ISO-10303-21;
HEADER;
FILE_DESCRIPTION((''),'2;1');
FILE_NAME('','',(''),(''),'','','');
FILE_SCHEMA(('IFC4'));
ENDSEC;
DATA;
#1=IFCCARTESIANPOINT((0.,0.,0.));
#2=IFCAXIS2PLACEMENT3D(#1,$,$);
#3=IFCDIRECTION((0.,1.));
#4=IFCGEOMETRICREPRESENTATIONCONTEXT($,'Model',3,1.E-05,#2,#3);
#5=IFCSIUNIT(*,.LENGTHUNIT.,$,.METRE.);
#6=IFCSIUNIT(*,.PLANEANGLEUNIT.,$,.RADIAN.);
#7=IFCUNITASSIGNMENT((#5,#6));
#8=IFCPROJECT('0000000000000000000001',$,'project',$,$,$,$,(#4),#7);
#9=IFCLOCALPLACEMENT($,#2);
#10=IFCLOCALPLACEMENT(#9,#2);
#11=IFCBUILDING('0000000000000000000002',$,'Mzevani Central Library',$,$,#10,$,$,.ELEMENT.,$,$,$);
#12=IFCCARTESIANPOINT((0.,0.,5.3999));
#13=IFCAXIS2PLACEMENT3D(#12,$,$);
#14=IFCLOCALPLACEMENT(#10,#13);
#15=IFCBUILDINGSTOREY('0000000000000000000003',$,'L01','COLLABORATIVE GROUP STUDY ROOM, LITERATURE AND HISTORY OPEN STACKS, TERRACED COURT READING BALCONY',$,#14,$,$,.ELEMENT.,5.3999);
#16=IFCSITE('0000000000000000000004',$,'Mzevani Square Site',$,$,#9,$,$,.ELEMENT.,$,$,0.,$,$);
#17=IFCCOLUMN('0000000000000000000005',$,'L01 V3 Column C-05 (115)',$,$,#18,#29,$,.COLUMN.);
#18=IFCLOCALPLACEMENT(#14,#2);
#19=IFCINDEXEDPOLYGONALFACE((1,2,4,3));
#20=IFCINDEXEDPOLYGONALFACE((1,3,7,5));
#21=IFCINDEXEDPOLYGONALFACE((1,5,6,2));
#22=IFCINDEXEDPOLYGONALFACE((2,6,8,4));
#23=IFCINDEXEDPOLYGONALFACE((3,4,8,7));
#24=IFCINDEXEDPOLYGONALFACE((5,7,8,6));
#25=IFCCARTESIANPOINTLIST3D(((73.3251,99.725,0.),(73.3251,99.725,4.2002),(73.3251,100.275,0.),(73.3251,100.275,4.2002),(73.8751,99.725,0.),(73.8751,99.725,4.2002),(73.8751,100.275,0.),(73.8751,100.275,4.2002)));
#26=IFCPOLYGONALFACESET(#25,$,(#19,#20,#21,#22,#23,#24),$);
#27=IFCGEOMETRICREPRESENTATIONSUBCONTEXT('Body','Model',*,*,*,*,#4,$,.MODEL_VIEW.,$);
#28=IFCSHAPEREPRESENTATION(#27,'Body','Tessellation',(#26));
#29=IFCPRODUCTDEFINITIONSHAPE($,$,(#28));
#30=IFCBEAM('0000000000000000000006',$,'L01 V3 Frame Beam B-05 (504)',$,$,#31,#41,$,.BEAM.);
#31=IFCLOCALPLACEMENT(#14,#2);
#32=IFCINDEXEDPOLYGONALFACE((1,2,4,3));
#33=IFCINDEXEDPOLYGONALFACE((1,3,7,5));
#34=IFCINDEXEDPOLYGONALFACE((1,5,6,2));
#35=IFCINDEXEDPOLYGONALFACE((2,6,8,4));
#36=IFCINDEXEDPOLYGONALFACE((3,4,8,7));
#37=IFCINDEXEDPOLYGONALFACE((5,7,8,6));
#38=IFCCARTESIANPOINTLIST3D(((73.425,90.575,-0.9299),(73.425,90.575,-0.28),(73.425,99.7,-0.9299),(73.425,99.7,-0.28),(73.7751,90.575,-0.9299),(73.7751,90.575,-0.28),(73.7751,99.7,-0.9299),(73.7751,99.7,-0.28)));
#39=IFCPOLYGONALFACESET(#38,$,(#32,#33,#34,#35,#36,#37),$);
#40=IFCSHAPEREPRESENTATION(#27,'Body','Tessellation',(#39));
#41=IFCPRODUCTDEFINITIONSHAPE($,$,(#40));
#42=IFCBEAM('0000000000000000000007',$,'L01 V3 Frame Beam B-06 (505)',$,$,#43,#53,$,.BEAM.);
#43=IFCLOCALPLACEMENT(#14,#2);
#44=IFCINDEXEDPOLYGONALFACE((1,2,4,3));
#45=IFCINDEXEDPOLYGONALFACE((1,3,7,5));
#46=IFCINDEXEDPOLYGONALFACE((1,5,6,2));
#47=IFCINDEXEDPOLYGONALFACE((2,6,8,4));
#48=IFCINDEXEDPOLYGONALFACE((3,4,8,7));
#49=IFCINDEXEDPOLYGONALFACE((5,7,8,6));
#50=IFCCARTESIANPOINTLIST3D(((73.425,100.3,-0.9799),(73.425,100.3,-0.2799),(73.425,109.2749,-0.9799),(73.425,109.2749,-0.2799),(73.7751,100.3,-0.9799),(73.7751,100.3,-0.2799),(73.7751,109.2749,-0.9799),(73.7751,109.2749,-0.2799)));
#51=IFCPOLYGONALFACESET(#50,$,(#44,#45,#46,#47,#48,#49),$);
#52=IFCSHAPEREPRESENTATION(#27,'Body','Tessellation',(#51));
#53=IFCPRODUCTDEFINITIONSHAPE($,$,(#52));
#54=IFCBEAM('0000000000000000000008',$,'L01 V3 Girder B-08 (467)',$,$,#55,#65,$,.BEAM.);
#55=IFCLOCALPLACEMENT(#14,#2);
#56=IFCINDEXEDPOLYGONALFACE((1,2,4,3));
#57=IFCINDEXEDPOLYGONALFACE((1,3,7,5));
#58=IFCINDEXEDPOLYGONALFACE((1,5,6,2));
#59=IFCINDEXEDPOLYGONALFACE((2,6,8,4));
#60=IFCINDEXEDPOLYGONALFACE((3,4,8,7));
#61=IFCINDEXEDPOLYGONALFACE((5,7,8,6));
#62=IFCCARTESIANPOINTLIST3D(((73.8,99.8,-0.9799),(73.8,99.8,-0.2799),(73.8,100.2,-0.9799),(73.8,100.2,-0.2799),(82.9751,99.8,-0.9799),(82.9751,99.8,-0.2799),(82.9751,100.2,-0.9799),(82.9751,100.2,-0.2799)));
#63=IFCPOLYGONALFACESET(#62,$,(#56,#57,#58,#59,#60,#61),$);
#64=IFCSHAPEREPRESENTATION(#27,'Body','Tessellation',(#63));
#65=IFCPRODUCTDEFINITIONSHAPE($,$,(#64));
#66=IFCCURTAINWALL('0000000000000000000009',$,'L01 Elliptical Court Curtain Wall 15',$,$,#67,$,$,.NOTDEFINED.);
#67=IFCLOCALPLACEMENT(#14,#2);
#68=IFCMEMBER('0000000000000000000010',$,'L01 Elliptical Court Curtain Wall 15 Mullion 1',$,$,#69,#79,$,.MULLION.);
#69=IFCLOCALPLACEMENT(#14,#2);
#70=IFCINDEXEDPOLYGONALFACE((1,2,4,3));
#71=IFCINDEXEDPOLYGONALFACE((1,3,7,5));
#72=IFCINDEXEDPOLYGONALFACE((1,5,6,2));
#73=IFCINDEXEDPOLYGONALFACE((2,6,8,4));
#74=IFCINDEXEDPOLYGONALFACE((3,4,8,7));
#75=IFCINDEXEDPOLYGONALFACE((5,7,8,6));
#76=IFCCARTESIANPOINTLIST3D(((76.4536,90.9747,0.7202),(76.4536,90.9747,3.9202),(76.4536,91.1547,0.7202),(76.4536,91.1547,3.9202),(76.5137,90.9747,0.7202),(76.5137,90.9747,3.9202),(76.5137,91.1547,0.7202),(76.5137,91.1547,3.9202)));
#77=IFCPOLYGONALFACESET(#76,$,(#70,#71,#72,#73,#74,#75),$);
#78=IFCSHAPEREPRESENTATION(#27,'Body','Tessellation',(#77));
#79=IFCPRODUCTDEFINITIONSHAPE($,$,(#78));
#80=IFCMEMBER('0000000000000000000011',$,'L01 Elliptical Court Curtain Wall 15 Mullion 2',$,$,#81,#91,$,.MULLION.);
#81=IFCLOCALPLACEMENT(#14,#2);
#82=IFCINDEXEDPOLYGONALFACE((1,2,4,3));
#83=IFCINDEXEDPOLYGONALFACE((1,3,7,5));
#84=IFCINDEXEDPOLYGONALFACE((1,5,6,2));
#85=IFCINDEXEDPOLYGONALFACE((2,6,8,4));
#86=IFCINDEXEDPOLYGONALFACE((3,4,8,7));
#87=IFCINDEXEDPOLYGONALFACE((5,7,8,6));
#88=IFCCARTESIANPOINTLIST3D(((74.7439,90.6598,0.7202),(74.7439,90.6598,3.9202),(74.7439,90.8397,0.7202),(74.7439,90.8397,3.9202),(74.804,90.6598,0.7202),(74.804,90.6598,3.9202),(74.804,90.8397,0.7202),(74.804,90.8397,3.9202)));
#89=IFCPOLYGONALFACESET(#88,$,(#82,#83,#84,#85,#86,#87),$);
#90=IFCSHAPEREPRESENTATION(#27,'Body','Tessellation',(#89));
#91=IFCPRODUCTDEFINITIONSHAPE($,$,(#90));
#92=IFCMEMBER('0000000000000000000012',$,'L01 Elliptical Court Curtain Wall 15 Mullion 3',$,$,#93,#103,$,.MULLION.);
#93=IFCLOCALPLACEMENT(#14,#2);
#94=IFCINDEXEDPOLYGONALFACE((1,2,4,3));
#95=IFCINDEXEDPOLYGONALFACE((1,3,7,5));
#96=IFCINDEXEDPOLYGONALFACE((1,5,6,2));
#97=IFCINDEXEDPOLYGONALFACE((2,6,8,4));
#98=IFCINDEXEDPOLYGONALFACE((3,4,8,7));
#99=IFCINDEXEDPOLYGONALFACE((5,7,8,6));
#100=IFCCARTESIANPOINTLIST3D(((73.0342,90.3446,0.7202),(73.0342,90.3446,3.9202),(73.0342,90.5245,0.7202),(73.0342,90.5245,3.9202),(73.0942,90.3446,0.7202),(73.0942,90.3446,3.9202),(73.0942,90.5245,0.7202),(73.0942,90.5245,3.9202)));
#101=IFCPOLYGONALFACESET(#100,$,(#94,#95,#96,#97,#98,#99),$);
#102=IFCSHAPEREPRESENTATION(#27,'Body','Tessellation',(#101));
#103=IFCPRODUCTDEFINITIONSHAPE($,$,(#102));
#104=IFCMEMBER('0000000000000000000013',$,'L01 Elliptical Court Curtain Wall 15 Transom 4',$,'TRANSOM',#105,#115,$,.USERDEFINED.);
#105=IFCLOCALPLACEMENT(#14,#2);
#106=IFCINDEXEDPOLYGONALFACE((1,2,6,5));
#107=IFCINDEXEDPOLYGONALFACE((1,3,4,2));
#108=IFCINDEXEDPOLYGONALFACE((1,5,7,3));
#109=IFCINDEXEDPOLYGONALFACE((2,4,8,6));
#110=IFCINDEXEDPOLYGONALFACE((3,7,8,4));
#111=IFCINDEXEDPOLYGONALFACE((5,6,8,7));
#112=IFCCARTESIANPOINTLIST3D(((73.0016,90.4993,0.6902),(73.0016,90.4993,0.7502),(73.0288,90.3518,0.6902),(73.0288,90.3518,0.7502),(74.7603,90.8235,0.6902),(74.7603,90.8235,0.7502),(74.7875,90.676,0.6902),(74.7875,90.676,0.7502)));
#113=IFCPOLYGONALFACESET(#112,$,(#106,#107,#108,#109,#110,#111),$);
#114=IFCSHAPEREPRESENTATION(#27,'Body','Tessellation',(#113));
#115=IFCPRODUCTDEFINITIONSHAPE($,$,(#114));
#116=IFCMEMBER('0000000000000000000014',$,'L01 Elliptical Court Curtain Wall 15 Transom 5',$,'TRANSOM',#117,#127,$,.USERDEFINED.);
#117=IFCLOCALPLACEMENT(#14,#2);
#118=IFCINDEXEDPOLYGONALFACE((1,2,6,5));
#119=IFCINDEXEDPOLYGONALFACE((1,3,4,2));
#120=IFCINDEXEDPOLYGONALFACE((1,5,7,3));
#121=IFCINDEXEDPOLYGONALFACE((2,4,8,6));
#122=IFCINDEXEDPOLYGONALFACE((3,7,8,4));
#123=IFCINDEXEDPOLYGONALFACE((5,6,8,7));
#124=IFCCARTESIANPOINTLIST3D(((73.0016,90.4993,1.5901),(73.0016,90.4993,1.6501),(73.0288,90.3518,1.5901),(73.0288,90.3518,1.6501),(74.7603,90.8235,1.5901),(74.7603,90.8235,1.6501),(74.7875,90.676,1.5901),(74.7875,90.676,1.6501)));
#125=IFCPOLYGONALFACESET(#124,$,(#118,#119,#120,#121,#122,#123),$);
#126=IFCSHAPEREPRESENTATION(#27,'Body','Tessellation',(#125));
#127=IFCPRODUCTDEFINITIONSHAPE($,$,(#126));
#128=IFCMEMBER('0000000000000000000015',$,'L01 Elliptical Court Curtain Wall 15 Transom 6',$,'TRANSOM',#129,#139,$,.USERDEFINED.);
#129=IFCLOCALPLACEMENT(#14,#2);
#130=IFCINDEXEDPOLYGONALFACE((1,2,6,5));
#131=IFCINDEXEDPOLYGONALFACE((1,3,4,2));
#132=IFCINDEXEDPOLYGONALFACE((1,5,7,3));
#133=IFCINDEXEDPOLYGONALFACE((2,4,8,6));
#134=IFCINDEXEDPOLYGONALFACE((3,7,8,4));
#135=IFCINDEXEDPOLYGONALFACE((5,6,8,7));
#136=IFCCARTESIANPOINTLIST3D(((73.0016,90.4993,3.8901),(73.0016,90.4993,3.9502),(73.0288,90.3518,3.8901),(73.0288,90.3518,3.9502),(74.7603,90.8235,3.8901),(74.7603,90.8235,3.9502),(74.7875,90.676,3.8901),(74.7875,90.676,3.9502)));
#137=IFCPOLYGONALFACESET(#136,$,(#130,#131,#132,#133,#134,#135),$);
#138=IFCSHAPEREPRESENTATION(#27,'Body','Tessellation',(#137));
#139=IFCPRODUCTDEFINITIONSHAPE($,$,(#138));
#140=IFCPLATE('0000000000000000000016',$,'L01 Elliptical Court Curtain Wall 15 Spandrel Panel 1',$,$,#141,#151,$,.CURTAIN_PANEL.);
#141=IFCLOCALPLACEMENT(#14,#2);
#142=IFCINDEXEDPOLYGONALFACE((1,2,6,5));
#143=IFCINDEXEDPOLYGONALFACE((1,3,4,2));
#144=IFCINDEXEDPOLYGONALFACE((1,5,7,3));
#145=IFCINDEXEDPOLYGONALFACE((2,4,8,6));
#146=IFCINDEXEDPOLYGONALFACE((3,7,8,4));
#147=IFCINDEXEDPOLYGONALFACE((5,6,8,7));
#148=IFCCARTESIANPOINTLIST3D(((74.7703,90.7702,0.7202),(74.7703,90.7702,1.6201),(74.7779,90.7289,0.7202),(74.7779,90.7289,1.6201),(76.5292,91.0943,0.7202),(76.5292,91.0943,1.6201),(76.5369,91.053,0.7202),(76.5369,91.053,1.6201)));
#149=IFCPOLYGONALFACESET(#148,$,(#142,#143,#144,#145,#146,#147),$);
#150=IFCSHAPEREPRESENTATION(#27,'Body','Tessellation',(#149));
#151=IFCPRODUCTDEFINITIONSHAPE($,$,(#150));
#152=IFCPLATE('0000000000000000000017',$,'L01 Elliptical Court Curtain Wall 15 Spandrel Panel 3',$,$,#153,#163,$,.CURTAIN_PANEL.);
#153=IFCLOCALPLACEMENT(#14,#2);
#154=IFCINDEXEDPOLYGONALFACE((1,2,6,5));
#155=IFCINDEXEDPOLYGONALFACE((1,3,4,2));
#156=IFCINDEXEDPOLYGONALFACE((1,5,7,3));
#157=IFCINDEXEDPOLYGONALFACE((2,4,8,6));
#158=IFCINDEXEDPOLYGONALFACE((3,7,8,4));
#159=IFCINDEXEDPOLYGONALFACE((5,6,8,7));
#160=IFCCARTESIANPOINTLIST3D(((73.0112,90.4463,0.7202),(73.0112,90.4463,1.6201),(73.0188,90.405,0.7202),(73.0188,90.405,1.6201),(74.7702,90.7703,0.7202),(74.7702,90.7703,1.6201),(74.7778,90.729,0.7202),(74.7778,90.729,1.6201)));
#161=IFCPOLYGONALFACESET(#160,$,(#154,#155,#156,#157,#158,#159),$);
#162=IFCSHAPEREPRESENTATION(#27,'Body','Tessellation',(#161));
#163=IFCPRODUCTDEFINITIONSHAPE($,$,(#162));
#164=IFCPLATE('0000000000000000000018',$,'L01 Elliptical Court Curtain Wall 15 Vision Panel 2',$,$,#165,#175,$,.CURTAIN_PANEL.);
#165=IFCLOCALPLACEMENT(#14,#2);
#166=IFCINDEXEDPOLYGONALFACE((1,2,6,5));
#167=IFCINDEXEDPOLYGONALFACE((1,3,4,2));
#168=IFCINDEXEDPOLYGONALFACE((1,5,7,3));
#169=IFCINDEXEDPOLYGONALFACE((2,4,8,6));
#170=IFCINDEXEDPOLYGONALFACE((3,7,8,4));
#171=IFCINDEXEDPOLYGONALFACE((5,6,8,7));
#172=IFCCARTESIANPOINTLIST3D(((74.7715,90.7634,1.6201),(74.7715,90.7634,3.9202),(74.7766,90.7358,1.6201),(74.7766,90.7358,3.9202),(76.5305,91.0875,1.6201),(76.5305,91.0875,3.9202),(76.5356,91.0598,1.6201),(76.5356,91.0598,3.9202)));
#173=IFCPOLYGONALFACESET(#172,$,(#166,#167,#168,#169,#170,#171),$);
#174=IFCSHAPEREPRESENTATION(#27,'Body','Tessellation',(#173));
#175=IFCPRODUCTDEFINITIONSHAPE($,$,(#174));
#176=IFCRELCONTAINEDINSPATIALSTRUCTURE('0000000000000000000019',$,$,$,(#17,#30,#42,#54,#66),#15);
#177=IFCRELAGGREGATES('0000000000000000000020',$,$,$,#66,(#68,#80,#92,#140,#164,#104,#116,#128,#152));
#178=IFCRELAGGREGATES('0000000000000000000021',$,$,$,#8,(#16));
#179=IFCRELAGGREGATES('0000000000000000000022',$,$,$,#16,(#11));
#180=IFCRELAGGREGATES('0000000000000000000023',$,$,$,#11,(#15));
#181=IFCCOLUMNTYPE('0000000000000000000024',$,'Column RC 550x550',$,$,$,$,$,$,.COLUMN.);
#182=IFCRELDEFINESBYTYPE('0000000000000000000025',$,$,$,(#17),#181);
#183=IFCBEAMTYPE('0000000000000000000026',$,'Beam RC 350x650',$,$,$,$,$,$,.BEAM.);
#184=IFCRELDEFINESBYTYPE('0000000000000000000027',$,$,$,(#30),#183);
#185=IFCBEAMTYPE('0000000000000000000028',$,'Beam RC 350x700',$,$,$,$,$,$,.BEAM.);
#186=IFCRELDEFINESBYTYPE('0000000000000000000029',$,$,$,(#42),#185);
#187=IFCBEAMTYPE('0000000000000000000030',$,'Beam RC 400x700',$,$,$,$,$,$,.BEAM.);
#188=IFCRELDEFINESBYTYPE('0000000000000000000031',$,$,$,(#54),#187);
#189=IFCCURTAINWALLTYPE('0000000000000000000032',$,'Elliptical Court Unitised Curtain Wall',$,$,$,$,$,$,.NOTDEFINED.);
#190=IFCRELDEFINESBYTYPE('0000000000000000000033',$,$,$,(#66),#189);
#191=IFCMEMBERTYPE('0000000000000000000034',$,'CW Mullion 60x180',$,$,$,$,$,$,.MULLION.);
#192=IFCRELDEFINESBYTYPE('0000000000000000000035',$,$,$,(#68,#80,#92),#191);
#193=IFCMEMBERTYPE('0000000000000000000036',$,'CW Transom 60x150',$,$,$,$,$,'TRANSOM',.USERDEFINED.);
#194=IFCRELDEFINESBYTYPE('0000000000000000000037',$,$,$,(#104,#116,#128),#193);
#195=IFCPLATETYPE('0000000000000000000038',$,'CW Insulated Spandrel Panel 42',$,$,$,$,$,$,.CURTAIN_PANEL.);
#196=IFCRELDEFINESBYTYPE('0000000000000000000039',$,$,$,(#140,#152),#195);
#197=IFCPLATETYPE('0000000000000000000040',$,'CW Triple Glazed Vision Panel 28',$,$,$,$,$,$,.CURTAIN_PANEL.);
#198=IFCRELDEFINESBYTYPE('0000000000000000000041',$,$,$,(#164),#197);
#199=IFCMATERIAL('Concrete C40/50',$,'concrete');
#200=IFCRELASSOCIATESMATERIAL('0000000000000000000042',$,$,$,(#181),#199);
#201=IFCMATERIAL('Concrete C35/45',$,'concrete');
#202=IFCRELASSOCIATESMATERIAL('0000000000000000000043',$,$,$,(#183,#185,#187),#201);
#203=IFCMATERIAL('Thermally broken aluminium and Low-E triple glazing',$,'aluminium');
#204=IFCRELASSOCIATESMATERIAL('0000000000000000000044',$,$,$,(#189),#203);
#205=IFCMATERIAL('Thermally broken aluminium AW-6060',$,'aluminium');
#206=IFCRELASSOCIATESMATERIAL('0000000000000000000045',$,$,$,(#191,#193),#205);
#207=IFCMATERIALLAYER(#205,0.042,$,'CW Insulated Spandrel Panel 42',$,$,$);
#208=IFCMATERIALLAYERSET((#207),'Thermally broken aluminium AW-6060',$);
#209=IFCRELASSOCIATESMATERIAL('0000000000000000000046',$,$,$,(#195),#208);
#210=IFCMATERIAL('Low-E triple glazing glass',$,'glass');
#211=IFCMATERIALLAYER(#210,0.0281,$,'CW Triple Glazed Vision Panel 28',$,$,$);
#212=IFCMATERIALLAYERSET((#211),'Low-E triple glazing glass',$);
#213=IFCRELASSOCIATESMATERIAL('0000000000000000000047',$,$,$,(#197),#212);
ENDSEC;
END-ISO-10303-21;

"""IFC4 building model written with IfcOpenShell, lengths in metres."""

from ifc_helpers import new_model, si_unit, direction, frame, origin, origin_2d, place, context, subcontext, project, spatial, rectangle, extrude, material, layer, layer_set, material_profile, profile_set, type_object, element, aggregate, save


model = new_model("IFC4")

# Units and contexts
model_context = context("Model", 3, precision=1e-05, world=origin(), true_north=direction((0.0, 1.0)))
body_context = subcontext(model_context, "Body", "Model", "MODEL_VIEW")
ifc_project = project(units=[si_unit("LENGTHUNIT", "METRE"), si_unit("PLANEANGLEUNIT", "RADIAN")], contexts=[model_context])

# Site, building, storey
site_placement = place(None, origin())
site = spatial("IfcSite", under=ifc_project, at=site_placement, Name="Mzevani Square Site", CompositionType="ELEMENT", RefElevation=0.0)
building_placement = place(site_placement, origin())
building = spatial("IfcBuilding", under=site, at=building_placement, Name="Mzevani Central Library", CompositionType="ELEMENT")
storey_placement = place(building_placement, frame((0.0, 0.0, 5.3999)))
storey = spatial("IfcBuildingStorey", under=building, at=storey_placement, Name="L01", Description="COLLABORATIVE GROUP STUDY ROOM, LITERATURE AND HISTORY OPEN STACKS, TERRACED COURT READING BALCONY", CompositionType="ELEMENT", Elevation=5.3999)

# Column
ifc_material_1 = material(Name="Concrete C40/50", Category="concrete")
ifc_material_profile_1 = material_profile(ifc_material_1, rectangle(XDim=0.55, YDim=0.55, at=origin_2d()), Name="RC 550x550")
ifc_profile_set_1 = profile_set([ifc_material_profile_1], Name="Concrete C40/50")
column_type = type_object("IfcColumnType", Name="Column RC 550x550", PredefinedType="COLUMN", material=ifc_profile_set_1)
column_placement = place(storey_placement, frame((73.6001, 100.0, 0.0), z_axis=(0.0, 0.0, 1.0), x_axis=(1.0, 0.0, 0.0)))
element("IfcColumn", 1, at=column_placement, inside=storey, type_object=column_type, Name="L01 V3 Column C-05 (115)", PredefinedType="COLUMN", context=body_context, shape_type="SweptSolid", body=[
    extrude(rectangle(XDim=0.55, YDim=0.55, at=origin_2d()), origin(), (0.0, 0.0, 1.0), 4.2002),
])

# Beams
ifc_material_2 = material(Name="Concrete C35/45", Category="concrete")
ifc_material_profile_2 = material_profile(ifc_material_2, rectangle(XDim=0.3501, YDim=0.6499, at=origin_2d()), Name="RC B350x650")
ifc_profile_set_2 = profile_set([ifc_material_profile_2], Name="Concrete C35/45")
beam_type_1 = type_object("IfcBeamType", Name="Beam RC 350x650", PredefinedType="BEAM", material=ifc_profile_set_2)
beam_1_placement = place(storey_placement, frame((73.6001, 90.575, -0.605), z_axis=(0.0, 1.0, 0.0), x_axis=(-1.0, 0.0, 0.0)))
element("IfcBeam", 2, at=beam_1_placement, inside=storey, type_object=beam_type_1, Name="L01 V3 Frame Beam B-05 (504)", PredefinedType="BEAM", context=body_context, shape_type="SweptSolid", body=[
    extrude(rectangle(XDim=0.3501, YDim=0.6499, at=origin_2d()), origin(), (0.0, 0.0, 1.0), 9.125),
])
ifc_material_profile_3 = material_profile(ifc_material_2, rectangle(XDim=0.3501, YDim=0.7, at=origin_2d()), Name="RC B350x700")
ifc_profile_set_3 = profile_set([ifc_material_profile_3], Name="Concrete C35/45")
beam_type_2 = type_object("IfcBeamType", Name="Beam RC 350x700", PredefinedType="BEAM", material=ifc_profile_set_3)
beam_2_placement = place(storey_placement, frame((73.6001, 100.3, -0.6299), z_axis=(0.0, 1.0, 0.0), x_axis=(-1.0, 0.0, 0.0)))
element("IfcBeam", 3, at=beam_2_placement, inside=storey, type_object=beam_type_2, Name="L01 V3 Frame Beam B-06 (505)", PredefinedType="BEAM", context=body_context, shape_type="SweptSolid", body=[
    extrude(rectangle(XDim=0.3501, YDim=0.7, at=origin_2d()), origin(), (0.0, 0.0, 1.0), 8.9749),
])
ifc_material_profile_4 = material_profile(ifc_material_2, rectangle(XDim=0.3999, YDim=0.7, at=origin_2d()), Name="RC B400x700")
ifc_profile_set_4 = profile_set([ifc_material_profile_4], Name="Concrete C35/45")
beam_type_3 = type_object("IfcBeamType", Name="Beam RC 400x700", PredefinedType="BEAM", material=ifc_profile_set_4)
beam_3_placement = place(storey_placement, frame((73.8, 100.0, -0.6299), z_axis=(1.0, 0.0, 0.0), x_axis=(0.0, 1.0, 0.0)))
element("IfcBeam", 4, at=beam_3_placement, inside=storey, type_object=beam_type_3, Name="L01 V3 Girder B-08 (467)", PredefinedType="BEAM", context=body_context, shape_type="SweptSolid", body=[
    extrude(rectangle(XDim=0.3999, YDim=0.7, at=origin_2d()), origin(), (0.0, 0.0, 1.0), 9.175),
])

# Curtain wall, members, plates
ifc_material_3 = material(Name="Thermally broken aluminium and Low-E triple glazing", Category="aluminium")
curtain_wall_type = type_object("IfcCurtainWallType", Name="Elliptical Court Unitised Curtain Wall", PredefinedType="NOTDEFINED", material=ifc_material_3)
curtain_wall_placement = place(storey_placement, origin())
curtain_wall = element("IfcCurtainWall", 5, at=curtain_wall_placement, inside=storey, type_object=curtain_wall_type, Name="L01 Elliptical Court Curtain Wall 15", PredefinedType="NOTDEFINED")
ifc_material_4 = material(Name="Thermally broken aluminium AW-6060", Category="aluminium")
ifc_material_profile_5 = material_profile(ifc_material_4, rectangle(XDim=0.0601, YDim=0.1799, at=origin_2d()), Name="ALU M60x180")
ifc_profile_set_5 = profile_set([ifc_material_profile_5], Name="Thermally broken aluminium AW-6060")
member_type_1 = type_object("IfcMemberType", Name="CW Mullion 60x180", PredefinedType="MULLION", material=ifc_profile_set_5)
member_1_placement = place(storey_placement, frame((76.4836, 91.0647, 0.7202), z_axis=(0.0, 0.0, 1.0), x_axis=(1.0, 0.0, 0.0)))
member_1 = element("IfcMember", 6, at=member_1_placement, type_object=member_type_1, Name="L01 Elliptical Court Curtain Wall 15 Mullion 1", PredefinedType="MULLION", context=body_context, shape_type="SweptSolid", body=[
    extrude(rectangle(XDim=0.0601, YDim=0.1799, at=origin_2d()), origin(), (0.0, 0.0, 1.0), 3.2),
])
member_2_placement = place(storey_placement, frame((74.7739, 90.7498, 0.7202), z_axis=(0.0, 0.0, 1.0), x_axis=(1.0, 0.0, 0.0)))
member_2 = element("IfcMember", 7, at=member_2_placement, type_object=member_type_1, Name="L01 Elliptical Court Curtain Wall 15 Mullion 2", PredefinedType="MULLION", context=body_context, shape_type="SweptSolid", body=[
    extrude(rectangle(XDim=0.0601, YDim=0.1799, at=origin_2d()), origin(), (0.0, 0.0, 1.0), 3.2),
])
member_3_placement = place(storey_placement, frame((73.0642, 90.4346, 0.7202), z_axis=(0.0, 0.0, 1.0), x_axis=(1.0, 0.0, 0.0)))
member_3 = element("IfcMember", 8, at=member_3_placement, type_object=member_type_1, Name="L01 Elliptical Court Curtain Wall 15 Mullion 3", PredefinedType="MULLION", context=body_context, shape_type="SweptSolid", body=[
    extrude(rectangle(XDim=0.0601, YDim=0.1799, at=origin_2d()), origin(), (0.0, 0.0, 1.0), 3.2),
])
ifc_material_profile_6 = material_profile(ifc_material_4, rectangle(XDim=0.1499, YDim=0.0601, at=origin_2d()), Name="ALU T60x150")
ifc_profile_set_6 = profile_set([ifc_material_profile_6], Name="Thermally broken aluminium AW-6060")
member_type_2 = type_object("IfcMemberType", Name="CW Transom 60x150", ElementType="TRANSOM", PredefinedType="USERDEFINED", material=ifc_profile_set_6)
member_4_placement = place(storey_placement, frame((74.7739, 90.7498, 0.7202), z_axis=(-0.98343, -0.181288, 0.0), x_axis=(0.181288, -0.98343, 0.0)))
member_4 = element("IfcMember", 9, at=member_4_placement, type_object=member_type_2, Name="L01 Elliptical Court Curtain Wall 15 Transom 4", ObjectType="TRANSOM", PredefinedType="USERDEFINED", context=body_context, shape_type="SweptSolid", body=[
    extrude(rectangle(XDim=0.1499, YDim=0.0601, at=origin_2d()), origin(), (0.0, 0.0, 1.0), 1.7883),
])
member_5_placement = place(storey_placement, frame((74.7739, 90.7498, 1.6201), z_axis=(-0.98343, -0.181288, 0.0), x_axis=(0.181288, -0.98343, 0.0)))
member_5 = element("IfcMember", 10, at=member_5_placement, type_object=member_type_2, Name="L01 Elliptical Court Curtain Wall 15 Transom 5", ObjectType="TRANSOM", PredefinedType="USERDEFINED", context=body_context, shape_type="SweptSolid", body=[
    extrude(rectangle(XDim=0.1499, YDim=0.0601, at=origin_2d()), origin(), (0.0, 0.0, 1.0), 1.7883),
])
member_6_placement = place(storey_placement, frame((74.7739, 90.7498, 3.9202), z_axis=(-0.98343, -0.181288, 0.0), x_axis=(0.181288, -0.98343, 0.0)))
member_6 = element("IfcMember", 11, at=member_6_placement, type_object=member_type_2, Name="L01 Elliptical Court Curtain Wall 15 Transom 6", ObjectType="TRANSOM", PredefinedType="USERDEFINED", context=body_context, shape_type="SweptSolid", body=[
    extrude(rectangle(XDim=0.1499, YDim=0.0601, at=origin_2d()), origin(), (0.0, 0.0, 1.0), 1.7883),
])
ifc_layer_1 = layer(ifc_material_4, 0.042, Name="CW Insulated Spandrel Panel 42")
ifc_layer_set_1 = layer_set([ifc_layer_1], Name="Thermally broken aluminium AW-6060")
plate_type_1 = type_object("IfcPlateType", Name="CW Insulated Spandrel Panel 42", PredefinedType="CURTAIN_PANEL", material=ifc_layer_set_1)
plate_1_placement = place(storey_placement, frame((75.6536, 90.9116, 0.7202), z_axis=(0.0, 0.0, 1.0), x_axis=(-0.983449, -0.181185, 0.0)))
plate_1 = element("IfcPlate", 12, at=plate_1_placement, type_object=plate_type_1, Name="L01 Elliptical Court Curtain Wall 15 Spandrel Panel 1", PredefinedType="CURTAIN_PANEL", context=body_context, shape_type="SweptSolid", body=[
    extrude(rectangle(XDim=1.7886, YDim=0.042, at=origin_2d()), origin(), (0.0, 0.0, 1.0), 0.8999),
])
plate_2_placement = place(storey_placement, frame((73.8945, 90.5876, 0.7202), z_axis=(0.0, 0.0, 1.0), x_axis=(-0.983449, -0.181185, 0.0)))
plate_2 = element("IfcPlate", 13, at=plate_2_placement, type_object=plate_type_1, Name="L01 Elliptical Court Curtain Wall 15 Spandrel Panel 3", PredefinedType="CURTAIN_PANEL", context=body_context, shape_type="SweptSolid", body=[
    extrude(rectangle(XDim=1.7886, YDim=0.042, at=origin_2d()), origin(), (0.0, 0.0, 1.0), 0.8999),
])
ifc_material_5 = material(Name="Low-E triple glazing glass", Category="glass")
ifc_layer_2 = layer(ifc_material_5, 0.0281, Name="CW Triple Glazed Vision Panel 28")
ifc_layer_set_2 = layer_set([ifc_layer_2], Name="Low-E triple glazing glass")
plate_type_2 = type_object("IfcPlateType", Name="CW Triple Glazed Vision Panel 28", PredefinedType="CURTAIN_PANEL", material=ifc_layer_set_2)
plate_3_placement = place(storey_placement, frame((75.6536, 90.9116, 1.6201), z_axis=(0.0, 0.0, 1.0), x_axis=(-0.983449, -0.181185, 0.0)))
plate_3 = element("IfcPlate", 14, at=plate_3_placement, type_object=plate_type_2, Name="L01 Elliptical Court Curtain Wall 15 Vision Panel 2", PredefinedType="CURTAIN_PANEL", context=body_context, shape_type="SweptSolid", body=[
    extrude(rectangle(XDim=1.7886, YDim=0.0281, at=origin_2d()), origin(), (0.0, 0.0, 1.0), 2.3),
])
aggregate(curtain_wall, [member_1, member_2, member_3, plate_1, plate_3, member_4, member_5, member_6, plate_2])

save(model, "model.ifc")
